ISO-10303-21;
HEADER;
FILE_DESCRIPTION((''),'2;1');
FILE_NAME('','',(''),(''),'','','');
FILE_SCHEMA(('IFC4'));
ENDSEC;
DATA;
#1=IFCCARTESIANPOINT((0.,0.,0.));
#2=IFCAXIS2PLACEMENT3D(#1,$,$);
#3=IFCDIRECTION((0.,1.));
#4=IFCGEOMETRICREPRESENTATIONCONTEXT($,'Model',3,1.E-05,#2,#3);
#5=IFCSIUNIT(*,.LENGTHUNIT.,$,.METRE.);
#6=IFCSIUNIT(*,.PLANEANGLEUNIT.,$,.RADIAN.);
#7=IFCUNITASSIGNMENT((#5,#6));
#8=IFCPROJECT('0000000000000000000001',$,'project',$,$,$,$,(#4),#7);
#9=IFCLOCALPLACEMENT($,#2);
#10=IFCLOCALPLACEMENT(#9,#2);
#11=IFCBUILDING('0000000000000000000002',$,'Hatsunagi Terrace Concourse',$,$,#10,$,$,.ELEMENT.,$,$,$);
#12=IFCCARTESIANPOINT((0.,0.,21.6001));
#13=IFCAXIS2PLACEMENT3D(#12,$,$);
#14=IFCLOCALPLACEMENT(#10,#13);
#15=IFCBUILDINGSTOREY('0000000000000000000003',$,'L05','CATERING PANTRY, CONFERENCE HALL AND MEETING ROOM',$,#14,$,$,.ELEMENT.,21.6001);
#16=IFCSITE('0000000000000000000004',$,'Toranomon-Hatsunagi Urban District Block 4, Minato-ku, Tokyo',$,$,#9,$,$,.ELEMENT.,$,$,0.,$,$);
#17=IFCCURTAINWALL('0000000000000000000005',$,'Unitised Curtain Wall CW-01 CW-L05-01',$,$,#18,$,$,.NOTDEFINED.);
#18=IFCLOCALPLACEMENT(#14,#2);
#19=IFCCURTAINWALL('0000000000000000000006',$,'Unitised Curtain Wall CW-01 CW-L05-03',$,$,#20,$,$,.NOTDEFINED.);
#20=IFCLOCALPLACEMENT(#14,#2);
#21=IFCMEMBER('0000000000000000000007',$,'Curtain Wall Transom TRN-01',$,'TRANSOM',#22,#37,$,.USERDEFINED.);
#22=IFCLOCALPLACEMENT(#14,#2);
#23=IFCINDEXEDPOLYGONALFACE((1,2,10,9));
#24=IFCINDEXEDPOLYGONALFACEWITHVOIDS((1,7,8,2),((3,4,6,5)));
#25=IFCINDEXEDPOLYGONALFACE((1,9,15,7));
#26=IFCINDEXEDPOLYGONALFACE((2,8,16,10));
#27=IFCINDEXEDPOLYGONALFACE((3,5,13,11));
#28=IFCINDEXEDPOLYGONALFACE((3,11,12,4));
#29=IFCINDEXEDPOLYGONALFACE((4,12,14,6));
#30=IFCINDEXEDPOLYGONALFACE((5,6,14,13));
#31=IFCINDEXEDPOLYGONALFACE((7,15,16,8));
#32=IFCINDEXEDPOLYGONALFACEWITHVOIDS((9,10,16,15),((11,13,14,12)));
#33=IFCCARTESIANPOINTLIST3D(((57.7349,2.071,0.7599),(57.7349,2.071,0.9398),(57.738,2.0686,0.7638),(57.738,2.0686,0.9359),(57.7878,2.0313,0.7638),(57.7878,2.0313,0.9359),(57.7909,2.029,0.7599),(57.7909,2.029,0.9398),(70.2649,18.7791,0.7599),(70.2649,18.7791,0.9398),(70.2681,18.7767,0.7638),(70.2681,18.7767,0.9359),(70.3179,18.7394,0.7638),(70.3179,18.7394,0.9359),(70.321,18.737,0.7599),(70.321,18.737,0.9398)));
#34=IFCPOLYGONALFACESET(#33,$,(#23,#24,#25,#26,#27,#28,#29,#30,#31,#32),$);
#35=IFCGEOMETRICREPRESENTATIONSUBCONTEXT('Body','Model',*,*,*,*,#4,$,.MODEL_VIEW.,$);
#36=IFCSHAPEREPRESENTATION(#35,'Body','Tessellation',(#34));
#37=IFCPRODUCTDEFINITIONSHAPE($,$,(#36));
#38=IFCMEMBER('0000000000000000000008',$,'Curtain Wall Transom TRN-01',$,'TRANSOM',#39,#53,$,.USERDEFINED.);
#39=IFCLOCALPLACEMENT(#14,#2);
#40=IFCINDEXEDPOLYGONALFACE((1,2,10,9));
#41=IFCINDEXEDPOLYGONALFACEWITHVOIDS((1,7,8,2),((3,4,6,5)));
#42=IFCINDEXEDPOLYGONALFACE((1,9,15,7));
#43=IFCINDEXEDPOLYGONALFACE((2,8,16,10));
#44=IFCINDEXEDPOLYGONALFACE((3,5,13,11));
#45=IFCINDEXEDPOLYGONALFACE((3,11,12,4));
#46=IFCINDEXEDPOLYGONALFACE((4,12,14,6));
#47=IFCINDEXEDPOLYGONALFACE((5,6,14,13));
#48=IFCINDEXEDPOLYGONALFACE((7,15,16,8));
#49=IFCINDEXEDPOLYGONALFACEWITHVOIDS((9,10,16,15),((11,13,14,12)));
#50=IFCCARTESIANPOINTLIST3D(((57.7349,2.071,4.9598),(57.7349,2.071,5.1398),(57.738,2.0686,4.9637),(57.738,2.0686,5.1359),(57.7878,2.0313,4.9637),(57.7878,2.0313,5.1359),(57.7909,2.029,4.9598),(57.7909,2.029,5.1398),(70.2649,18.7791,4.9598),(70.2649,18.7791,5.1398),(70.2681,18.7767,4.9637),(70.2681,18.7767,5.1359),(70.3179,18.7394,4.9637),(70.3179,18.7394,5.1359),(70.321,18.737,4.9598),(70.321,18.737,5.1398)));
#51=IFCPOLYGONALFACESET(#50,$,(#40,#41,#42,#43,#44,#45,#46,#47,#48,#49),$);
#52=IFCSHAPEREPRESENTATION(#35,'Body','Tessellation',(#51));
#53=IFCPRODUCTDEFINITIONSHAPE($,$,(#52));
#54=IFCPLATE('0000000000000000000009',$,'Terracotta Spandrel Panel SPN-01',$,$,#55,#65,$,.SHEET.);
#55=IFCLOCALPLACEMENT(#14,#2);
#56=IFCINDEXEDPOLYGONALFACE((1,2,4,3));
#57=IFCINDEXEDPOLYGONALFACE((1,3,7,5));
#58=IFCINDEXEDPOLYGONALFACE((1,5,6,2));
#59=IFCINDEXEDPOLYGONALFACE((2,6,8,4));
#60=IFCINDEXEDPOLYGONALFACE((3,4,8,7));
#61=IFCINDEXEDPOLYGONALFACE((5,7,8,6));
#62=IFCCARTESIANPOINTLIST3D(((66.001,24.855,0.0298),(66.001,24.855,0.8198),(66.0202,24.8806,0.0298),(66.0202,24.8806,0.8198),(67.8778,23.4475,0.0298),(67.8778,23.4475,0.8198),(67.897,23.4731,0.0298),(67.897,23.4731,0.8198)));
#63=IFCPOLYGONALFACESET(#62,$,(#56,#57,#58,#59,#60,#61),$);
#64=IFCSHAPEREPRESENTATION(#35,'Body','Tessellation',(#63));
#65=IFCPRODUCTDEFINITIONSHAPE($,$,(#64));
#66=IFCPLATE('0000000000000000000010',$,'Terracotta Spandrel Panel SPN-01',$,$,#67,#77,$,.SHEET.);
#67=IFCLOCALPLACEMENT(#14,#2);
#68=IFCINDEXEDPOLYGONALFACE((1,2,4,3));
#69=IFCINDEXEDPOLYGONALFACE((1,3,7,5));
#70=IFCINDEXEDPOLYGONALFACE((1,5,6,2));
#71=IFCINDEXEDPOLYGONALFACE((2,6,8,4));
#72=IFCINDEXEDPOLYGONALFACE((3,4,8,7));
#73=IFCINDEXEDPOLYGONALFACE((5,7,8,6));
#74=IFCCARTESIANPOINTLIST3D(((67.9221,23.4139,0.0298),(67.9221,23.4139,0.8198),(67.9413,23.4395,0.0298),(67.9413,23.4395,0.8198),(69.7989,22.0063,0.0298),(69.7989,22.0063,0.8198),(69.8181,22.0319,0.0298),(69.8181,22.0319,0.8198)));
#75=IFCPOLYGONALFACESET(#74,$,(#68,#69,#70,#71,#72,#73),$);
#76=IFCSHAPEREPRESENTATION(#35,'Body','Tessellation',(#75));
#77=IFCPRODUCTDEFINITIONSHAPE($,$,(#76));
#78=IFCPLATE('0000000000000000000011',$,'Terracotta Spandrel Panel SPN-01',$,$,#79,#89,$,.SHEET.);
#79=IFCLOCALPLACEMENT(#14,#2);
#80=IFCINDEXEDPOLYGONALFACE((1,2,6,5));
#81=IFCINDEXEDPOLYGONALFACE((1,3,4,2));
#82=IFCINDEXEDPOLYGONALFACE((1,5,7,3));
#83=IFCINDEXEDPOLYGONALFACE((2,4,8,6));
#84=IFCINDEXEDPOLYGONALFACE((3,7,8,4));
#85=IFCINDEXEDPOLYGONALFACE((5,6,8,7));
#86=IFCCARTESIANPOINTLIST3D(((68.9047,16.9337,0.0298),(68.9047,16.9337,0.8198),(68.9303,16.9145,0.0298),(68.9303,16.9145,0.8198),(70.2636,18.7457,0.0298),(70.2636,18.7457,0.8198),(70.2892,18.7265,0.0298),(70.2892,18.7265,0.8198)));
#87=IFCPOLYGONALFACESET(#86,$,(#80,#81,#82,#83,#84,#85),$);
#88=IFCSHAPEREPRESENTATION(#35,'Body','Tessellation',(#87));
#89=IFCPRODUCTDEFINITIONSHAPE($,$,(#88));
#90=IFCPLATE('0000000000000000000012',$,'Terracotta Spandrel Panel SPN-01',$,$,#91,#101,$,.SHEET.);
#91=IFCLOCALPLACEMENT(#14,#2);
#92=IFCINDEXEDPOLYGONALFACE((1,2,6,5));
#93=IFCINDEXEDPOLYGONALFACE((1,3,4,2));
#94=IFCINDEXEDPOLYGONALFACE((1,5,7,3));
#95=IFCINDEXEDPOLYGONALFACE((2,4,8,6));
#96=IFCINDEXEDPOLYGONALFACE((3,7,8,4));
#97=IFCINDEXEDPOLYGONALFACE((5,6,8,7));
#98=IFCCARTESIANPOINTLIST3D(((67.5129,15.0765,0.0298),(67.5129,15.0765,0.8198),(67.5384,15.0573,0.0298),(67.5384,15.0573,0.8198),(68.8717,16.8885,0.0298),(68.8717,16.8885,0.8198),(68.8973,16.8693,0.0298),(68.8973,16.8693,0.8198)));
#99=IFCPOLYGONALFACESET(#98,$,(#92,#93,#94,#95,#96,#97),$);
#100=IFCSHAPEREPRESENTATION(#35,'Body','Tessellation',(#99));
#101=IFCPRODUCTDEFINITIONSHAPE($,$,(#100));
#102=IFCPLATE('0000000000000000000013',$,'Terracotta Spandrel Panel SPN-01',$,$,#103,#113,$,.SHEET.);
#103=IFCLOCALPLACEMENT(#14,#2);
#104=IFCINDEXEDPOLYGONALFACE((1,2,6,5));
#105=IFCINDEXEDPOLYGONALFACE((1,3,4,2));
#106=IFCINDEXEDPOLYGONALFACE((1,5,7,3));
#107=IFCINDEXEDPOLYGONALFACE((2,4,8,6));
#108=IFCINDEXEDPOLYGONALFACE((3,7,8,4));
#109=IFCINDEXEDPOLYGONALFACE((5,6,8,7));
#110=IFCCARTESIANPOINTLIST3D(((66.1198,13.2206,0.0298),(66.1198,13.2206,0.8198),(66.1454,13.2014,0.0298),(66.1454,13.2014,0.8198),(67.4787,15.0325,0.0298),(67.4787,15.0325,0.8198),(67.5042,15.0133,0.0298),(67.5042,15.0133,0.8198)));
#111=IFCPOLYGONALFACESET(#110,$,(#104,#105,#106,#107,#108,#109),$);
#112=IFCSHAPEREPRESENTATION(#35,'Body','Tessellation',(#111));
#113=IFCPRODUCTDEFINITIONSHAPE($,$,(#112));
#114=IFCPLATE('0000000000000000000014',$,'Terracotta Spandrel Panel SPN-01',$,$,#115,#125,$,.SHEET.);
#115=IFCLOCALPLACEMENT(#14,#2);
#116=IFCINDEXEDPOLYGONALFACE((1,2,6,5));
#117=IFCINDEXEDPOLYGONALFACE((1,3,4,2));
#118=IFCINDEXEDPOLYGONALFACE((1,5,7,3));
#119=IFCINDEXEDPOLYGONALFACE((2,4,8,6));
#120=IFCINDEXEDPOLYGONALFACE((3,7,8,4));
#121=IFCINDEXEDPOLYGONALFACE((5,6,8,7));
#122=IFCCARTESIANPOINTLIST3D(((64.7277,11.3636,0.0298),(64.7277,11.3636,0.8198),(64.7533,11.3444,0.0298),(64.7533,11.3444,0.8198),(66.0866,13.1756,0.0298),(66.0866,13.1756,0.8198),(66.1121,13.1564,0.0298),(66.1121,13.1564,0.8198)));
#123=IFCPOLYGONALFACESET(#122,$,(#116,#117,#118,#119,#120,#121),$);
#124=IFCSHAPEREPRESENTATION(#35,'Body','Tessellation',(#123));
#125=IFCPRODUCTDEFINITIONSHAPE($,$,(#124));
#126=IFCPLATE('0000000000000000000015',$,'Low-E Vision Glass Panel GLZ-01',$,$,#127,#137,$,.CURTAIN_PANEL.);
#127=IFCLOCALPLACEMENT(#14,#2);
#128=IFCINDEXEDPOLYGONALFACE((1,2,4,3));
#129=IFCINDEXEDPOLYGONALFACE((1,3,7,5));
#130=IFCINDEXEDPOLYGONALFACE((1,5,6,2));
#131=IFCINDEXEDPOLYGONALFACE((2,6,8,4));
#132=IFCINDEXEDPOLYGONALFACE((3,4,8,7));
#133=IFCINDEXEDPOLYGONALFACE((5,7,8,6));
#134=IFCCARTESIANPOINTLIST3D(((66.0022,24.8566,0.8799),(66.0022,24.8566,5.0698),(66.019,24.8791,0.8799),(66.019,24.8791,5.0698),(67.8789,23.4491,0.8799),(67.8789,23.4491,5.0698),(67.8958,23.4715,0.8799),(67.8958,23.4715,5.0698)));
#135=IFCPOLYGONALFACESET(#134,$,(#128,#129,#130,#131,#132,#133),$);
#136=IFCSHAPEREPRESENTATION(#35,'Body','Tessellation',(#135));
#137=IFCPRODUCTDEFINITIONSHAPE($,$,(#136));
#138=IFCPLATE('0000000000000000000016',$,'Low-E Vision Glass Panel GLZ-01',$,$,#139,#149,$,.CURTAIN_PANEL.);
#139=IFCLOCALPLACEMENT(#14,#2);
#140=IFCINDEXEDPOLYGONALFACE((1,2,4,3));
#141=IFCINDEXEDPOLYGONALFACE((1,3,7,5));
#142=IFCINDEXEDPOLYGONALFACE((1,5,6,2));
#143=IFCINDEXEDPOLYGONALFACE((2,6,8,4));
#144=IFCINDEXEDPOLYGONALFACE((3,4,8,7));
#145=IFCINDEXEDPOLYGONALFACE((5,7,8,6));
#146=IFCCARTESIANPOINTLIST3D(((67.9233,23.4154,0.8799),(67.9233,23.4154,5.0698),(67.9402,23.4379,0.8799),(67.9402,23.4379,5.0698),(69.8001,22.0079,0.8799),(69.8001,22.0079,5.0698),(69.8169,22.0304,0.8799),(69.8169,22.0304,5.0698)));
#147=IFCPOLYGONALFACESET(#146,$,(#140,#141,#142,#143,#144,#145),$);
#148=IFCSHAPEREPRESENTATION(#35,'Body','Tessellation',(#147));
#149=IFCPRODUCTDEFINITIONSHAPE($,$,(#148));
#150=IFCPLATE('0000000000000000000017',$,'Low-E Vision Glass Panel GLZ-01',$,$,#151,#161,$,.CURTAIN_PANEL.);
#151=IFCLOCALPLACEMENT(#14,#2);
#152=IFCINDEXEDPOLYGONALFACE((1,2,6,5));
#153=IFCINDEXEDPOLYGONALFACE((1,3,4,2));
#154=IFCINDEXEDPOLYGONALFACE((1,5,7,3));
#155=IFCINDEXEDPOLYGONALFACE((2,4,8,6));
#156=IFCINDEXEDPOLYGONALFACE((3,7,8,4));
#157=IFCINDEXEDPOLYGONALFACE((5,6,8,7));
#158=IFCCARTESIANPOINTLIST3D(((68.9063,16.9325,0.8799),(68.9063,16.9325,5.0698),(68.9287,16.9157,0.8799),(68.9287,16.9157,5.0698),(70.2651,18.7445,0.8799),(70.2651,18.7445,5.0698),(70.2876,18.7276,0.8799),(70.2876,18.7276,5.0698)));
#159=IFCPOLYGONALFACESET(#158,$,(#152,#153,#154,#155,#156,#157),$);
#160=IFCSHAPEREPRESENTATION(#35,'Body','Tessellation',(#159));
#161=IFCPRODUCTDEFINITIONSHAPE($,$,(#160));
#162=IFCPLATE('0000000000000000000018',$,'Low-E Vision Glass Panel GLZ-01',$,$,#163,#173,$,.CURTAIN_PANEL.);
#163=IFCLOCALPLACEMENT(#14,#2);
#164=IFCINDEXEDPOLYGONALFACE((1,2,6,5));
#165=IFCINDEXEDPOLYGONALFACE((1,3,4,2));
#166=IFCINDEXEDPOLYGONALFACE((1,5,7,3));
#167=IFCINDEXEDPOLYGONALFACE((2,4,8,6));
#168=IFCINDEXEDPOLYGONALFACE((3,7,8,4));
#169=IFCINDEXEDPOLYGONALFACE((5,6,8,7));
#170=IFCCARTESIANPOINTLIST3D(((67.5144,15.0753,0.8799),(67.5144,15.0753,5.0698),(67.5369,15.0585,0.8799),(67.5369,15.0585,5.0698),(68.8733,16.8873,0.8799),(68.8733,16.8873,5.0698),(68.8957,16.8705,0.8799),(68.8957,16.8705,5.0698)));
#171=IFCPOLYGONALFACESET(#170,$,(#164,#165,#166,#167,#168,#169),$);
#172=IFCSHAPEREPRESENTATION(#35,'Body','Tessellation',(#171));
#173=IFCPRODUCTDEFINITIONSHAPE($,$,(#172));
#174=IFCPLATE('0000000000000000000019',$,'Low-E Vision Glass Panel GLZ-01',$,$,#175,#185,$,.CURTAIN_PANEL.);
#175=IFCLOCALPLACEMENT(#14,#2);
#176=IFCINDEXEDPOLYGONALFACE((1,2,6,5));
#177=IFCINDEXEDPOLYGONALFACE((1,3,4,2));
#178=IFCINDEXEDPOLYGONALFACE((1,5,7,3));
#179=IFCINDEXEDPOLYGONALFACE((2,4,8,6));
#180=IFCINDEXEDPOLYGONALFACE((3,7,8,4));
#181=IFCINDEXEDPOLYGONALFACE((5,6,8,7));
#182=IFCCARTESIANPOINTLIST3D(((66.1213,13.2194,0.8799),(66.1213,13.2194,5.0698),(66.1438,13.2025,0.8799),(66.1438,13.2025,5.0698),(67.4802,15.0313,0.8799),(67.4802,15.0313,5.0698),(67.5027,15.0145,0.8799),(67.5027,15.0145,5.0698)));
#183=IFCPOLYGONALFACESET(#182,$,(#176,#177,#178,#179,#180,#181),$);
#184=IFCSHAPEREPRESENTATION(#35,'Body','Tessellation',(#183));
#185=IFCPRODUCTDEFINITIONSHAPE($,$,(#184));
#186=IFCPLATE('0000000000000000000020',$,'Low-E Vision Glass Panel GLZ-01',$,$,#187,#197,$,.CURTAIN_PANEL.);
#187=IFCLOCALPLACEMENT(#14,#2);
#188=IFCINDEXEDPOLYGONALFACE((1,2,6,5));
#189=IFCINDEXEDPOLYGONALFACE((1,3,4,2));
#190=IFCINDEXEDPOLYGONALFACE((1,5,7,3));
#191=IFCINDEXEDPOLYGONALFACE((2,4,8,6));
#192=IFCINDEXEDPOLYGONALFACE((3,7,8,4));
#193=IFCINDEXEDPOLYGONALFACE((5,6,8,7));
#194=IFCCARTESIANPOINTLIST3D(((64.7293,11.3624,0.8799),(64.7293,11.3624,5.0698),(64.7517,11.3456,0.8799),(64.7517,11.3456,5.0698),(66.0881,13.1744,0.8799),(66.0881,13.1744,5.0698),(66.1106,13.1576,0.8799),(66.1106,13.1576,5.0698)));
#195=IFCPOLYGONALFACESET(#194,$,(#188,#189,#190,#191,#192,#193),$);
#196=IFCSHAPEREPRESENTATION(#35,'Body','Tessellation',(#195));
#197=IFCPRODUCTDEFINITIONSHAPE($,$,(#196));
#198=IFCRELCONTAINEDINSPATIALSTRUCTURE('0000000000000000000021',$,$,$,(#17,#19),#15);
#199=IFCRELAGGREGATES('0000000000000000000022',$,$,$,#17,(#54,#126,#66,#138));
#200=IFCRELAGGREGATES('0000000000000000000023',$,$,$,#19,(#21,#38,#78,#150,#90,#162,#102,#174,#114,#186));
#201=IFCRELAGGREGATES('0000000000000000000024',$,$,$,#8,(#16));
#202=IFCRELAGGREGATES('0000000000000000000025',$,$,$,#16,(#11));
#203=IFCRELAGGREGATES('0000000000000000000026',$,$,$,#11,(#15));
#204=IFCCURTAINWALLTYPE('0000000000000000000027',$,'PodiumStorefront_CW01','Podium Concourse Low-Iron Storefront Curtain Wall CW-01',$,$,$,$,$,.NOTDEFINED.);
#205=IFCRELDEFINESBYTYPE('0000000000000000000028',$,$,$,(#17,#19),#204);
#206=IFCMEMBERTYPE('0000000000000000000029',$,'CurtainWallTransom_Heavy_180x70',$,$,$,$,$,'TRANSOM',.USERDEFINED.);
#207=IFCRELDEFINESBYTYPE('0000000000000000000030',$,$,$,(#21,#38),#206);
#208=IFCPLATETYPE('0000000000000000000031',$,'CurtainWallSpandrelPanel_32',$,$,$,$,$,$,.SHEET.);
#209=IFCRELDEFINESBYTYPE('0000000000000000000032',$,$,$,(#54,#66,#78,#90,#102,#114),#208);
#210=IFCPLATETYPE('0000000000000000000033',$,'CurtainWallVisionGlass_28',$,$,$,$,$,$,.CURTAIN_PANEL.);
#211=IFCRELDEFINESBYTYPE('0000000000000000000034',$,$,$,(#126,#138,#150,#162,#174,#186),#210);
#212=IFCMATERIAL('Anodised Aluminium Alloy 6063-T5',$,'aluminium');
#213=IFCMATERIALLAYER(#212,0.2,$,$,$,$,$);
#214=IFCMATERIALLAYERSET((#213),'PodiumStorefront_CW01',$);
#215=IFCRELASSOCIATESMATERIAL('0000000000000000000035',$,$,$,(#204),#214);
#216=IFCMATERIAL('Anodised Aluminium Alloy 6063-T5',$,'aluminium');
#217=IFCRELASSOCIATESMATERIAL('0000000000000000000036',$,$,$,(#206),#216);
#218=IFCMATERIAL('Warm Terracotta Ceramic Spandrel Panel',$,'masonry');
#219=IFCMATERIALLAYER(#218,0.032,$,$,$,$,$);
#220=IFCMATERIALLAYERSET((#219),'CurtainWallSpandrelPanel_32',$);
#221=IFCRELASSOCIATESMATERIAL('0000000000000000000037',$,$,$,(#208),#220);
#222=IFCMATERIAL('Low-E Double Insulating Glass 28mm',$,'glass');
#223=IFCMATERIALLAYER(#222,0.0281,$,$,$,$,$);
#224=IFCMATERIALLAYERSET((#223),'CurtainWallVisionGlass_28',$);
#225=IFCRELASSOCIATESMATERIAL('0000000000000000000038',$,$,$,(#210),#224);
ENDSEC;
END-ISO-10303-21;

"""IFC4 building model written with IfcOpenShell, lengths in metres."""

from ifc_helpers import new_model, si_unit, direction, frame, origin, origin_2d, place, context, subcontext, project, spatial, rectangle, hollow_rectangle, extrude, material, layer, layer_set, material_profile, profile_set, type_object, element, aggregate, save


model = new_model("IFC4")

# Units and contexts
model_context = context("Model", 3, precision=1e-05, world=origin(), true_north=direction((0.0, 1.0)))
body_context = subcontext(model_context, "Body", "Model", "MODEL_VIEW")
ifc_project = project(units=[si_unit("LENGTHUNIT", "METRE"), si_unit("PLANEANGLEUNIT", "RADIAN")], contexts=[model_context])

# Site, building, storey
site_placement = place(None, origin())
site = spatial("IfcSite", under=ifc_project, at=site_placement, Name="Toranomon-Hatsunagi Urban District Block 4, Minato-ku, Tokyo", CompositionType="ELEMENT", RefElevation=0.0)
building_placement = place(site_placement, origin())
building = spatial("IfcBuilding", under=site, at=building_placement, Name="Hatsunagi Terrace Concourse", CompositionType="ELEMENT")
storey_placement = place(building_placement, frame((0.0, 0.0, 21.6001)))
storey = spatial("IfcBuildingStorey", under=building, at=storey_placement, Name="L05", Description="CATERING PANTRY, CONFERENCE HALL AND MEETING ROOM", CompositionType="ELEMENT", Elevation=21.6001)

# Curtain walls, members
ifc_material_1 = material(Name="Anodised Aluminium Alloy 6063-T5", Category="aluminium")
ifc_layer_1 = layer(ifc_material_1, 0.2)
ifc_layer_set_1 = layer_set([ifc_layer_1], Name="PodiumStorefront_CW01")
curtain_wall_type = type_object("IfcCurtainWallType", Name="PodiumStorefront_CW01", Description="Podium Concourse Low-Iron Storefront Curtain Wall CW-01", PredefinedType="NOTDEFINED", material=ifc_layer_set_1)
curtain_wall_1_placement = place(storey_placement, origin())
curtain_wall_1 = element("IfcCurtainWall", 1, at=curtain_wall_1_placement, inside=storey, type_object=curtain_wall_type, Name="Unitised Curtain Wall CW-01 CW-L05-01", PredefinedType="NOTDEFINED")
curtain_wall_2_placement = place(storey_placement, origin())
curtain_wall_2 = element("IfcCurtainWall", 2, at=curtain_wall_2_placement, inside=storey, type_object=curtain_wall_type, Name="Unitised Curtain Wall CW-01 CW-L05-03", PredefinedType="NOTDEFINED")
ifc_material_2 = material(Name="Anodised Aluminium Alloy 6063-T5", Category="aluminium")
ifc_material_profile_1 = material_profile(ifc_material_2, hollow_rectangle(XDim=0.0701, YDim=0.1799, WallThickness=0.0039, at=origin_2d()), Name="ALU-TRN-180x70x4")
ifc_profile_set_1 = profile_set([ifc_material_profile_1], Name="Anodised Aluminium Alloy 6063-T5")
member_type_1 = type_object("IfcMemberType", Name="CurtainWallTransom_Heavy_180x70", ElementType="TRANSOM", PredefinedType="USERDEFINED", material=ifc_profile_set_1)
member_1_placement = place(storey_placement, frame((70.293, 18.7581, 0.8499), z_axis=(-0.59997, -0.800022, 0.0), x_axis=(0.800022, -0.59997, 0.0)))
member_1 = element("IfcMember", 3, at=member_1_placement, type_object=member_type_1, Name="Curtain Wall Transom TRN-01", ObjectType="TRANSOM", PredefinedType="USERDEFINED", context=body_context, shape_type="SweptSolid", body=[
    extrude(hollow_rectangle(XDim=0.0701, YDim=0.1799, WallThickness=0.0039, at=origin_2d()), origin(), (0.0, 0.0, 1.0), 20.8845),
])
member_2_placement = place(storey_placement, frame((70.293, 18.7581, 5.0498), z_axis=(-0.59997, -0.800022, 0.0), x_axis=(0.800022, -0.59997, 0.0)))
member_2 = element("IfcMember", 4, at=member_2_placement, type_object=member_type_1, Name="Curtain Wall Transom TRN-01", ObjectType="TRANSOM", PredefinedType="USERDEFINED", context=body_context, shape_type="SweptSolid", body=[
    extrude(hollow_rectangle(XDim=0.0701, YDim=0.1799, WallThickness=0.0039, at=origin_2d()), origin(), (0.0, 0.0, 1.0), 20.8845),
])

# Plates
ifc_material_3 = material(Name="Warm Terracotta Ceramic Spandrel Panel", Category="masonry")
ifc_layer_2 = layer(ifc_material_3, 0.032)
ifc_layer_set_2 = layer_set([ifc_layer_2], Name="CurtainWallSpandrelPanel_32")
plate_type_1 = type_object("IfcPlateType", Name="CurtainWallSpandrelPanel_32", PredefinedType="SHEET", material=ifc_layer_set_2)
plate_1_placement = place(storey_placement, frame((66.949, 24.1641, 0.0298), z_axis=(0.0, 0.0, 1.0), x_axis=(0.800007, -0.59999, 0.0)))
plate_1 = element("IfcPlate", 5, at=plate_1_placement, type_object=plate_type_1, Name="Terracotta Spandrel Panel SPN-01", PredefinedType="SHEET", context=body_context, shape_type="SweptSolid", body=[
    extrude(rectangle(XDim=2.3459, YDim=0.032, at=origin_2d()), origin(), (0.0, 0.0, 1.0), 0.79),
])
plate_2_placement = place(storey_placement, frame((68.8701, 22.7229, 0.0298), z_axis=(0.0, 0.0, 1.0), x_axis=(0.800007, -0.59999, 0.0)))
plate_2 = element("IfcPlate", 6, at=plate_2_placement, type_object=plate_type_1, Name="Terracotta Spandrel Panel SPN-01", PredefinedType="SHEET", context=body_context, shape_type="SweptSolid", body=[
    extrude(rectangle(XDim=2.3459, YDim=0.032, at=origin_2d()), origin(), (0.0, 0.0, 1.0), 0.79),
])
plate_3_placement = place(storey_placement, frame((69.5969, 17.8301, 0.0298), z_axis=(0.0, 0.0, 1.0), x_axis=(-0.599969, -0.800023, 0.0)))
plate_3 = element("IfcPlate", 7, at=plate_3_placement, type_object=plate_type_1, Name="Terracotta Spandrel Panel SPN-01", PredefinedType="SHEET", context=body_context, shape_type="SweptSolid", body=[
    extrude(rectangle(XDim=2.2649, YDim=0.032, at=origin_2d()), origin(), (0.0, 0.0, 1.0), 0.79),
])
plate_4_placement = place(storey_placement, frame((68.2051, 15.9729, 0.0298), z_axis=(0.0, 0.0, 1.0), x_axis=(-0.599969, -0.800023, 0.0)))
plate_4 = element("IfcPlate", 8, at=plate_4_placement, type_object=plate_type_1, Name="Terracotta Spandrel Panel SPN-01", PredefinedType="SHEET", context=body_context, shape_type="SweptSolid", body=[
    extrude(rectangle(XDim=2.2649, YDim=0.032, at=origin_2d()), origin(), (0.0, 0.0, 1.0), 0.79),
])
plate_5_placement = place(storey_placement, frame((66.812, 14.1169, 0.0298), z_axis=(0.0, 0.0, 1.0), x_axis=(-0.599969, -0.800023, 0.0)))
plate_5 = element("IfcPlate", 9, at=plate_5_placement, type_object=plate_type_1, Name="Terracotta Spandrel Panel SPN-01", PredefinedType="SHEET", context=body_context, shape_type="SweptSolid", body=[
    extrude(rectangle(XDim=2.2649, YDim=0.032, at=origin_2d()), origin(), (0.0, 0.0, 1.0), 0.79),
])
plate_6_placement = place(storey_placement, frame((65.4199, 12.26, 0.0298), z_axis=(0.0, 0.0, 1.0), x_axis=(-0.599969, -0.800023, 0.0)))
plate_6 = element("IfcPlate", 10, at=plate_6_placement, type_object=plate_type_1, Name="Terracotta Spandrel Panel SPN-01", PredefinedType="SHEET", context=body_context, shape_type="SweptSolid", body=[
    extrude(rectangle(XDim=2.2649, YDim=0.032, at=origin_2d()), origin(), (0.0, 0.0, 1.0), 0.79),
])
ifc_material_4 = material(Name="Low-E Double Insulating Glass 28mm", Category="glass")
ifc_layer_3 = layer(ifc_material_4, 0.0281)
ifc_layer_set_3 = layer_set([ifc_layer_3], Name="CurtainWallVisionGlass_28")
plate_type_2 = type_object("IfcPlateType", Name="CurtainWallVisionGlass_28", PredefinedType="CURTAIN_PANEL", material=ifc_layer_set_3)
plate_7_placement = place(storey_placement, frame((66.949, 24.1641, 0.8799), z_axis=(0.0, 0.0, 1.0), x_axis=(0.800007, -0.59999, 0.0)))
plate_7 = element("IfcPlate", 11, at=plate_7_placement, type_object=plate_type_2, Name="Low-E Vision Glass Panel GLZ-01", PredefinedType="CURTAIN_PANEL", context=body_context, shape_type="SweptSolid", body=[
    extrude(rectangle(XDim=2.3459, YDim=0.0281, at=origin_2d()), origin(), (0.0, 0.0, 1.0), 4.1899),
])
plate_8_placement = place(storey_placement, frame((68.8701, 22.7229, 0.8799), z_axis=(0.0, 0.0, 1.0), x_axis=(0.800007, -0.59999, 0.0)))
plate_8 = element("IfcPlate", 12, at=plate_8_placement, type_object=plate_type_2, Name="Low-E Vision Glass Panel GLZ-01", PredefinedType="CURTAIN_PANEL", context=body_context, shape_type="SweptSolid", body=[
    extrude(rectangle(XDim=2.3459, YDim=0.0281, at=origin_2d()), origin(), (0.0, 0.0, 1.0), 4.1899),
])
aggregate(curtain_wall_1, [plate_1, plate_7, plate_2, plate_8])
plate_9_placement = place(storey_placement, frame((69.5969, 17.8301, 0.8799), z_axis=(0.0, 0.0, 1.0), x_axis=(-0.599969, -0.800023, 0.0)))
plate_9 = element("IfcPlate", 13, at=plate_9_placement, type_object=plate_type_2, Name="Low-E Vision Glass Panel GLZ-01", PredefinedType="CURTAIN_PANEL", context=body_context, shape_type="SweptSolid", body=[
    extrude(rectangle(XDim=2.2649, YDim=0.0281, at=origin_2d()), origin(), (0.0, 0.0, 1.0), 4.1899),
])
plate_10_placement = place(storey_placement, frame((68.2051, 15.9729, 0.8799), z_axis=(0.0, 0.0, 1.0), x_axis=(-0.599969, -0.800023, 0.0)))
plate_10 = element("IfcPlate", 14, at=plate_10_placement, type_object=plate_type_2, Name="Low-E Vision Glass Panel GLZ-01", PredefinedType="CURTAIN_PANEL", context=body_context, shape_type="SweptSolid", body=[
    extrude(rectangle(XDim=2.2649, YDim=0.0281, at=origin_2d()), origin(), (0.0, 0.0, 1.0), 4.1899),
])
plate_11_placement = place(storey_placement, frame((66.812, 14.1169, 0.8799), z_axis=(0.0, 0.0, 1.0), x_axis=(-0.599969, -0.800023, 0.0)))
plate_11 = element("IfcPlate", 15, at=plate_11_placement, type_object=plate_type_2, Name="Low-E Vision Glass Panel GLZ-01", PredefinedType="CURTAIN_PANEL", context=body_context, shape_type="SweptSolid", body=[
    extrude(rectangle(XDim=2.2649, YDim=0.0281, at=origin_2d()), origin(), (0.0, 0.0, 1.0), 4.1899),
])
plate_12_placement = place(storey_placement, frame((65.4199, 12.26, 0.8799), z_axis=(0.0, 0.0, 1.0), x_axis=(-0.599969, -0.800023, 0.0)))
plate_12 = element("IfcPlate", 16, at=plate_12_placement, type_object=plate_type_2, Name="Low-E Vision Glass Panel GLZ-01", PredefinedType="CURTAIN_PANEL", context=body_context, shape_type="SweptSolid", body=[
    extrude(rectangle(XDim=2.2649, YDim=0.0281, at=origin_2d()), origin(), (0.0, 0.0, 1.0), 4.1899),
])
aggregate(curtain_wall_2, [member_1, member_2, plate_3, plate_9, plate_4, plate_10, plate_5, plate_11, plate_6, plate_12])

save(model, "model.ifc")
